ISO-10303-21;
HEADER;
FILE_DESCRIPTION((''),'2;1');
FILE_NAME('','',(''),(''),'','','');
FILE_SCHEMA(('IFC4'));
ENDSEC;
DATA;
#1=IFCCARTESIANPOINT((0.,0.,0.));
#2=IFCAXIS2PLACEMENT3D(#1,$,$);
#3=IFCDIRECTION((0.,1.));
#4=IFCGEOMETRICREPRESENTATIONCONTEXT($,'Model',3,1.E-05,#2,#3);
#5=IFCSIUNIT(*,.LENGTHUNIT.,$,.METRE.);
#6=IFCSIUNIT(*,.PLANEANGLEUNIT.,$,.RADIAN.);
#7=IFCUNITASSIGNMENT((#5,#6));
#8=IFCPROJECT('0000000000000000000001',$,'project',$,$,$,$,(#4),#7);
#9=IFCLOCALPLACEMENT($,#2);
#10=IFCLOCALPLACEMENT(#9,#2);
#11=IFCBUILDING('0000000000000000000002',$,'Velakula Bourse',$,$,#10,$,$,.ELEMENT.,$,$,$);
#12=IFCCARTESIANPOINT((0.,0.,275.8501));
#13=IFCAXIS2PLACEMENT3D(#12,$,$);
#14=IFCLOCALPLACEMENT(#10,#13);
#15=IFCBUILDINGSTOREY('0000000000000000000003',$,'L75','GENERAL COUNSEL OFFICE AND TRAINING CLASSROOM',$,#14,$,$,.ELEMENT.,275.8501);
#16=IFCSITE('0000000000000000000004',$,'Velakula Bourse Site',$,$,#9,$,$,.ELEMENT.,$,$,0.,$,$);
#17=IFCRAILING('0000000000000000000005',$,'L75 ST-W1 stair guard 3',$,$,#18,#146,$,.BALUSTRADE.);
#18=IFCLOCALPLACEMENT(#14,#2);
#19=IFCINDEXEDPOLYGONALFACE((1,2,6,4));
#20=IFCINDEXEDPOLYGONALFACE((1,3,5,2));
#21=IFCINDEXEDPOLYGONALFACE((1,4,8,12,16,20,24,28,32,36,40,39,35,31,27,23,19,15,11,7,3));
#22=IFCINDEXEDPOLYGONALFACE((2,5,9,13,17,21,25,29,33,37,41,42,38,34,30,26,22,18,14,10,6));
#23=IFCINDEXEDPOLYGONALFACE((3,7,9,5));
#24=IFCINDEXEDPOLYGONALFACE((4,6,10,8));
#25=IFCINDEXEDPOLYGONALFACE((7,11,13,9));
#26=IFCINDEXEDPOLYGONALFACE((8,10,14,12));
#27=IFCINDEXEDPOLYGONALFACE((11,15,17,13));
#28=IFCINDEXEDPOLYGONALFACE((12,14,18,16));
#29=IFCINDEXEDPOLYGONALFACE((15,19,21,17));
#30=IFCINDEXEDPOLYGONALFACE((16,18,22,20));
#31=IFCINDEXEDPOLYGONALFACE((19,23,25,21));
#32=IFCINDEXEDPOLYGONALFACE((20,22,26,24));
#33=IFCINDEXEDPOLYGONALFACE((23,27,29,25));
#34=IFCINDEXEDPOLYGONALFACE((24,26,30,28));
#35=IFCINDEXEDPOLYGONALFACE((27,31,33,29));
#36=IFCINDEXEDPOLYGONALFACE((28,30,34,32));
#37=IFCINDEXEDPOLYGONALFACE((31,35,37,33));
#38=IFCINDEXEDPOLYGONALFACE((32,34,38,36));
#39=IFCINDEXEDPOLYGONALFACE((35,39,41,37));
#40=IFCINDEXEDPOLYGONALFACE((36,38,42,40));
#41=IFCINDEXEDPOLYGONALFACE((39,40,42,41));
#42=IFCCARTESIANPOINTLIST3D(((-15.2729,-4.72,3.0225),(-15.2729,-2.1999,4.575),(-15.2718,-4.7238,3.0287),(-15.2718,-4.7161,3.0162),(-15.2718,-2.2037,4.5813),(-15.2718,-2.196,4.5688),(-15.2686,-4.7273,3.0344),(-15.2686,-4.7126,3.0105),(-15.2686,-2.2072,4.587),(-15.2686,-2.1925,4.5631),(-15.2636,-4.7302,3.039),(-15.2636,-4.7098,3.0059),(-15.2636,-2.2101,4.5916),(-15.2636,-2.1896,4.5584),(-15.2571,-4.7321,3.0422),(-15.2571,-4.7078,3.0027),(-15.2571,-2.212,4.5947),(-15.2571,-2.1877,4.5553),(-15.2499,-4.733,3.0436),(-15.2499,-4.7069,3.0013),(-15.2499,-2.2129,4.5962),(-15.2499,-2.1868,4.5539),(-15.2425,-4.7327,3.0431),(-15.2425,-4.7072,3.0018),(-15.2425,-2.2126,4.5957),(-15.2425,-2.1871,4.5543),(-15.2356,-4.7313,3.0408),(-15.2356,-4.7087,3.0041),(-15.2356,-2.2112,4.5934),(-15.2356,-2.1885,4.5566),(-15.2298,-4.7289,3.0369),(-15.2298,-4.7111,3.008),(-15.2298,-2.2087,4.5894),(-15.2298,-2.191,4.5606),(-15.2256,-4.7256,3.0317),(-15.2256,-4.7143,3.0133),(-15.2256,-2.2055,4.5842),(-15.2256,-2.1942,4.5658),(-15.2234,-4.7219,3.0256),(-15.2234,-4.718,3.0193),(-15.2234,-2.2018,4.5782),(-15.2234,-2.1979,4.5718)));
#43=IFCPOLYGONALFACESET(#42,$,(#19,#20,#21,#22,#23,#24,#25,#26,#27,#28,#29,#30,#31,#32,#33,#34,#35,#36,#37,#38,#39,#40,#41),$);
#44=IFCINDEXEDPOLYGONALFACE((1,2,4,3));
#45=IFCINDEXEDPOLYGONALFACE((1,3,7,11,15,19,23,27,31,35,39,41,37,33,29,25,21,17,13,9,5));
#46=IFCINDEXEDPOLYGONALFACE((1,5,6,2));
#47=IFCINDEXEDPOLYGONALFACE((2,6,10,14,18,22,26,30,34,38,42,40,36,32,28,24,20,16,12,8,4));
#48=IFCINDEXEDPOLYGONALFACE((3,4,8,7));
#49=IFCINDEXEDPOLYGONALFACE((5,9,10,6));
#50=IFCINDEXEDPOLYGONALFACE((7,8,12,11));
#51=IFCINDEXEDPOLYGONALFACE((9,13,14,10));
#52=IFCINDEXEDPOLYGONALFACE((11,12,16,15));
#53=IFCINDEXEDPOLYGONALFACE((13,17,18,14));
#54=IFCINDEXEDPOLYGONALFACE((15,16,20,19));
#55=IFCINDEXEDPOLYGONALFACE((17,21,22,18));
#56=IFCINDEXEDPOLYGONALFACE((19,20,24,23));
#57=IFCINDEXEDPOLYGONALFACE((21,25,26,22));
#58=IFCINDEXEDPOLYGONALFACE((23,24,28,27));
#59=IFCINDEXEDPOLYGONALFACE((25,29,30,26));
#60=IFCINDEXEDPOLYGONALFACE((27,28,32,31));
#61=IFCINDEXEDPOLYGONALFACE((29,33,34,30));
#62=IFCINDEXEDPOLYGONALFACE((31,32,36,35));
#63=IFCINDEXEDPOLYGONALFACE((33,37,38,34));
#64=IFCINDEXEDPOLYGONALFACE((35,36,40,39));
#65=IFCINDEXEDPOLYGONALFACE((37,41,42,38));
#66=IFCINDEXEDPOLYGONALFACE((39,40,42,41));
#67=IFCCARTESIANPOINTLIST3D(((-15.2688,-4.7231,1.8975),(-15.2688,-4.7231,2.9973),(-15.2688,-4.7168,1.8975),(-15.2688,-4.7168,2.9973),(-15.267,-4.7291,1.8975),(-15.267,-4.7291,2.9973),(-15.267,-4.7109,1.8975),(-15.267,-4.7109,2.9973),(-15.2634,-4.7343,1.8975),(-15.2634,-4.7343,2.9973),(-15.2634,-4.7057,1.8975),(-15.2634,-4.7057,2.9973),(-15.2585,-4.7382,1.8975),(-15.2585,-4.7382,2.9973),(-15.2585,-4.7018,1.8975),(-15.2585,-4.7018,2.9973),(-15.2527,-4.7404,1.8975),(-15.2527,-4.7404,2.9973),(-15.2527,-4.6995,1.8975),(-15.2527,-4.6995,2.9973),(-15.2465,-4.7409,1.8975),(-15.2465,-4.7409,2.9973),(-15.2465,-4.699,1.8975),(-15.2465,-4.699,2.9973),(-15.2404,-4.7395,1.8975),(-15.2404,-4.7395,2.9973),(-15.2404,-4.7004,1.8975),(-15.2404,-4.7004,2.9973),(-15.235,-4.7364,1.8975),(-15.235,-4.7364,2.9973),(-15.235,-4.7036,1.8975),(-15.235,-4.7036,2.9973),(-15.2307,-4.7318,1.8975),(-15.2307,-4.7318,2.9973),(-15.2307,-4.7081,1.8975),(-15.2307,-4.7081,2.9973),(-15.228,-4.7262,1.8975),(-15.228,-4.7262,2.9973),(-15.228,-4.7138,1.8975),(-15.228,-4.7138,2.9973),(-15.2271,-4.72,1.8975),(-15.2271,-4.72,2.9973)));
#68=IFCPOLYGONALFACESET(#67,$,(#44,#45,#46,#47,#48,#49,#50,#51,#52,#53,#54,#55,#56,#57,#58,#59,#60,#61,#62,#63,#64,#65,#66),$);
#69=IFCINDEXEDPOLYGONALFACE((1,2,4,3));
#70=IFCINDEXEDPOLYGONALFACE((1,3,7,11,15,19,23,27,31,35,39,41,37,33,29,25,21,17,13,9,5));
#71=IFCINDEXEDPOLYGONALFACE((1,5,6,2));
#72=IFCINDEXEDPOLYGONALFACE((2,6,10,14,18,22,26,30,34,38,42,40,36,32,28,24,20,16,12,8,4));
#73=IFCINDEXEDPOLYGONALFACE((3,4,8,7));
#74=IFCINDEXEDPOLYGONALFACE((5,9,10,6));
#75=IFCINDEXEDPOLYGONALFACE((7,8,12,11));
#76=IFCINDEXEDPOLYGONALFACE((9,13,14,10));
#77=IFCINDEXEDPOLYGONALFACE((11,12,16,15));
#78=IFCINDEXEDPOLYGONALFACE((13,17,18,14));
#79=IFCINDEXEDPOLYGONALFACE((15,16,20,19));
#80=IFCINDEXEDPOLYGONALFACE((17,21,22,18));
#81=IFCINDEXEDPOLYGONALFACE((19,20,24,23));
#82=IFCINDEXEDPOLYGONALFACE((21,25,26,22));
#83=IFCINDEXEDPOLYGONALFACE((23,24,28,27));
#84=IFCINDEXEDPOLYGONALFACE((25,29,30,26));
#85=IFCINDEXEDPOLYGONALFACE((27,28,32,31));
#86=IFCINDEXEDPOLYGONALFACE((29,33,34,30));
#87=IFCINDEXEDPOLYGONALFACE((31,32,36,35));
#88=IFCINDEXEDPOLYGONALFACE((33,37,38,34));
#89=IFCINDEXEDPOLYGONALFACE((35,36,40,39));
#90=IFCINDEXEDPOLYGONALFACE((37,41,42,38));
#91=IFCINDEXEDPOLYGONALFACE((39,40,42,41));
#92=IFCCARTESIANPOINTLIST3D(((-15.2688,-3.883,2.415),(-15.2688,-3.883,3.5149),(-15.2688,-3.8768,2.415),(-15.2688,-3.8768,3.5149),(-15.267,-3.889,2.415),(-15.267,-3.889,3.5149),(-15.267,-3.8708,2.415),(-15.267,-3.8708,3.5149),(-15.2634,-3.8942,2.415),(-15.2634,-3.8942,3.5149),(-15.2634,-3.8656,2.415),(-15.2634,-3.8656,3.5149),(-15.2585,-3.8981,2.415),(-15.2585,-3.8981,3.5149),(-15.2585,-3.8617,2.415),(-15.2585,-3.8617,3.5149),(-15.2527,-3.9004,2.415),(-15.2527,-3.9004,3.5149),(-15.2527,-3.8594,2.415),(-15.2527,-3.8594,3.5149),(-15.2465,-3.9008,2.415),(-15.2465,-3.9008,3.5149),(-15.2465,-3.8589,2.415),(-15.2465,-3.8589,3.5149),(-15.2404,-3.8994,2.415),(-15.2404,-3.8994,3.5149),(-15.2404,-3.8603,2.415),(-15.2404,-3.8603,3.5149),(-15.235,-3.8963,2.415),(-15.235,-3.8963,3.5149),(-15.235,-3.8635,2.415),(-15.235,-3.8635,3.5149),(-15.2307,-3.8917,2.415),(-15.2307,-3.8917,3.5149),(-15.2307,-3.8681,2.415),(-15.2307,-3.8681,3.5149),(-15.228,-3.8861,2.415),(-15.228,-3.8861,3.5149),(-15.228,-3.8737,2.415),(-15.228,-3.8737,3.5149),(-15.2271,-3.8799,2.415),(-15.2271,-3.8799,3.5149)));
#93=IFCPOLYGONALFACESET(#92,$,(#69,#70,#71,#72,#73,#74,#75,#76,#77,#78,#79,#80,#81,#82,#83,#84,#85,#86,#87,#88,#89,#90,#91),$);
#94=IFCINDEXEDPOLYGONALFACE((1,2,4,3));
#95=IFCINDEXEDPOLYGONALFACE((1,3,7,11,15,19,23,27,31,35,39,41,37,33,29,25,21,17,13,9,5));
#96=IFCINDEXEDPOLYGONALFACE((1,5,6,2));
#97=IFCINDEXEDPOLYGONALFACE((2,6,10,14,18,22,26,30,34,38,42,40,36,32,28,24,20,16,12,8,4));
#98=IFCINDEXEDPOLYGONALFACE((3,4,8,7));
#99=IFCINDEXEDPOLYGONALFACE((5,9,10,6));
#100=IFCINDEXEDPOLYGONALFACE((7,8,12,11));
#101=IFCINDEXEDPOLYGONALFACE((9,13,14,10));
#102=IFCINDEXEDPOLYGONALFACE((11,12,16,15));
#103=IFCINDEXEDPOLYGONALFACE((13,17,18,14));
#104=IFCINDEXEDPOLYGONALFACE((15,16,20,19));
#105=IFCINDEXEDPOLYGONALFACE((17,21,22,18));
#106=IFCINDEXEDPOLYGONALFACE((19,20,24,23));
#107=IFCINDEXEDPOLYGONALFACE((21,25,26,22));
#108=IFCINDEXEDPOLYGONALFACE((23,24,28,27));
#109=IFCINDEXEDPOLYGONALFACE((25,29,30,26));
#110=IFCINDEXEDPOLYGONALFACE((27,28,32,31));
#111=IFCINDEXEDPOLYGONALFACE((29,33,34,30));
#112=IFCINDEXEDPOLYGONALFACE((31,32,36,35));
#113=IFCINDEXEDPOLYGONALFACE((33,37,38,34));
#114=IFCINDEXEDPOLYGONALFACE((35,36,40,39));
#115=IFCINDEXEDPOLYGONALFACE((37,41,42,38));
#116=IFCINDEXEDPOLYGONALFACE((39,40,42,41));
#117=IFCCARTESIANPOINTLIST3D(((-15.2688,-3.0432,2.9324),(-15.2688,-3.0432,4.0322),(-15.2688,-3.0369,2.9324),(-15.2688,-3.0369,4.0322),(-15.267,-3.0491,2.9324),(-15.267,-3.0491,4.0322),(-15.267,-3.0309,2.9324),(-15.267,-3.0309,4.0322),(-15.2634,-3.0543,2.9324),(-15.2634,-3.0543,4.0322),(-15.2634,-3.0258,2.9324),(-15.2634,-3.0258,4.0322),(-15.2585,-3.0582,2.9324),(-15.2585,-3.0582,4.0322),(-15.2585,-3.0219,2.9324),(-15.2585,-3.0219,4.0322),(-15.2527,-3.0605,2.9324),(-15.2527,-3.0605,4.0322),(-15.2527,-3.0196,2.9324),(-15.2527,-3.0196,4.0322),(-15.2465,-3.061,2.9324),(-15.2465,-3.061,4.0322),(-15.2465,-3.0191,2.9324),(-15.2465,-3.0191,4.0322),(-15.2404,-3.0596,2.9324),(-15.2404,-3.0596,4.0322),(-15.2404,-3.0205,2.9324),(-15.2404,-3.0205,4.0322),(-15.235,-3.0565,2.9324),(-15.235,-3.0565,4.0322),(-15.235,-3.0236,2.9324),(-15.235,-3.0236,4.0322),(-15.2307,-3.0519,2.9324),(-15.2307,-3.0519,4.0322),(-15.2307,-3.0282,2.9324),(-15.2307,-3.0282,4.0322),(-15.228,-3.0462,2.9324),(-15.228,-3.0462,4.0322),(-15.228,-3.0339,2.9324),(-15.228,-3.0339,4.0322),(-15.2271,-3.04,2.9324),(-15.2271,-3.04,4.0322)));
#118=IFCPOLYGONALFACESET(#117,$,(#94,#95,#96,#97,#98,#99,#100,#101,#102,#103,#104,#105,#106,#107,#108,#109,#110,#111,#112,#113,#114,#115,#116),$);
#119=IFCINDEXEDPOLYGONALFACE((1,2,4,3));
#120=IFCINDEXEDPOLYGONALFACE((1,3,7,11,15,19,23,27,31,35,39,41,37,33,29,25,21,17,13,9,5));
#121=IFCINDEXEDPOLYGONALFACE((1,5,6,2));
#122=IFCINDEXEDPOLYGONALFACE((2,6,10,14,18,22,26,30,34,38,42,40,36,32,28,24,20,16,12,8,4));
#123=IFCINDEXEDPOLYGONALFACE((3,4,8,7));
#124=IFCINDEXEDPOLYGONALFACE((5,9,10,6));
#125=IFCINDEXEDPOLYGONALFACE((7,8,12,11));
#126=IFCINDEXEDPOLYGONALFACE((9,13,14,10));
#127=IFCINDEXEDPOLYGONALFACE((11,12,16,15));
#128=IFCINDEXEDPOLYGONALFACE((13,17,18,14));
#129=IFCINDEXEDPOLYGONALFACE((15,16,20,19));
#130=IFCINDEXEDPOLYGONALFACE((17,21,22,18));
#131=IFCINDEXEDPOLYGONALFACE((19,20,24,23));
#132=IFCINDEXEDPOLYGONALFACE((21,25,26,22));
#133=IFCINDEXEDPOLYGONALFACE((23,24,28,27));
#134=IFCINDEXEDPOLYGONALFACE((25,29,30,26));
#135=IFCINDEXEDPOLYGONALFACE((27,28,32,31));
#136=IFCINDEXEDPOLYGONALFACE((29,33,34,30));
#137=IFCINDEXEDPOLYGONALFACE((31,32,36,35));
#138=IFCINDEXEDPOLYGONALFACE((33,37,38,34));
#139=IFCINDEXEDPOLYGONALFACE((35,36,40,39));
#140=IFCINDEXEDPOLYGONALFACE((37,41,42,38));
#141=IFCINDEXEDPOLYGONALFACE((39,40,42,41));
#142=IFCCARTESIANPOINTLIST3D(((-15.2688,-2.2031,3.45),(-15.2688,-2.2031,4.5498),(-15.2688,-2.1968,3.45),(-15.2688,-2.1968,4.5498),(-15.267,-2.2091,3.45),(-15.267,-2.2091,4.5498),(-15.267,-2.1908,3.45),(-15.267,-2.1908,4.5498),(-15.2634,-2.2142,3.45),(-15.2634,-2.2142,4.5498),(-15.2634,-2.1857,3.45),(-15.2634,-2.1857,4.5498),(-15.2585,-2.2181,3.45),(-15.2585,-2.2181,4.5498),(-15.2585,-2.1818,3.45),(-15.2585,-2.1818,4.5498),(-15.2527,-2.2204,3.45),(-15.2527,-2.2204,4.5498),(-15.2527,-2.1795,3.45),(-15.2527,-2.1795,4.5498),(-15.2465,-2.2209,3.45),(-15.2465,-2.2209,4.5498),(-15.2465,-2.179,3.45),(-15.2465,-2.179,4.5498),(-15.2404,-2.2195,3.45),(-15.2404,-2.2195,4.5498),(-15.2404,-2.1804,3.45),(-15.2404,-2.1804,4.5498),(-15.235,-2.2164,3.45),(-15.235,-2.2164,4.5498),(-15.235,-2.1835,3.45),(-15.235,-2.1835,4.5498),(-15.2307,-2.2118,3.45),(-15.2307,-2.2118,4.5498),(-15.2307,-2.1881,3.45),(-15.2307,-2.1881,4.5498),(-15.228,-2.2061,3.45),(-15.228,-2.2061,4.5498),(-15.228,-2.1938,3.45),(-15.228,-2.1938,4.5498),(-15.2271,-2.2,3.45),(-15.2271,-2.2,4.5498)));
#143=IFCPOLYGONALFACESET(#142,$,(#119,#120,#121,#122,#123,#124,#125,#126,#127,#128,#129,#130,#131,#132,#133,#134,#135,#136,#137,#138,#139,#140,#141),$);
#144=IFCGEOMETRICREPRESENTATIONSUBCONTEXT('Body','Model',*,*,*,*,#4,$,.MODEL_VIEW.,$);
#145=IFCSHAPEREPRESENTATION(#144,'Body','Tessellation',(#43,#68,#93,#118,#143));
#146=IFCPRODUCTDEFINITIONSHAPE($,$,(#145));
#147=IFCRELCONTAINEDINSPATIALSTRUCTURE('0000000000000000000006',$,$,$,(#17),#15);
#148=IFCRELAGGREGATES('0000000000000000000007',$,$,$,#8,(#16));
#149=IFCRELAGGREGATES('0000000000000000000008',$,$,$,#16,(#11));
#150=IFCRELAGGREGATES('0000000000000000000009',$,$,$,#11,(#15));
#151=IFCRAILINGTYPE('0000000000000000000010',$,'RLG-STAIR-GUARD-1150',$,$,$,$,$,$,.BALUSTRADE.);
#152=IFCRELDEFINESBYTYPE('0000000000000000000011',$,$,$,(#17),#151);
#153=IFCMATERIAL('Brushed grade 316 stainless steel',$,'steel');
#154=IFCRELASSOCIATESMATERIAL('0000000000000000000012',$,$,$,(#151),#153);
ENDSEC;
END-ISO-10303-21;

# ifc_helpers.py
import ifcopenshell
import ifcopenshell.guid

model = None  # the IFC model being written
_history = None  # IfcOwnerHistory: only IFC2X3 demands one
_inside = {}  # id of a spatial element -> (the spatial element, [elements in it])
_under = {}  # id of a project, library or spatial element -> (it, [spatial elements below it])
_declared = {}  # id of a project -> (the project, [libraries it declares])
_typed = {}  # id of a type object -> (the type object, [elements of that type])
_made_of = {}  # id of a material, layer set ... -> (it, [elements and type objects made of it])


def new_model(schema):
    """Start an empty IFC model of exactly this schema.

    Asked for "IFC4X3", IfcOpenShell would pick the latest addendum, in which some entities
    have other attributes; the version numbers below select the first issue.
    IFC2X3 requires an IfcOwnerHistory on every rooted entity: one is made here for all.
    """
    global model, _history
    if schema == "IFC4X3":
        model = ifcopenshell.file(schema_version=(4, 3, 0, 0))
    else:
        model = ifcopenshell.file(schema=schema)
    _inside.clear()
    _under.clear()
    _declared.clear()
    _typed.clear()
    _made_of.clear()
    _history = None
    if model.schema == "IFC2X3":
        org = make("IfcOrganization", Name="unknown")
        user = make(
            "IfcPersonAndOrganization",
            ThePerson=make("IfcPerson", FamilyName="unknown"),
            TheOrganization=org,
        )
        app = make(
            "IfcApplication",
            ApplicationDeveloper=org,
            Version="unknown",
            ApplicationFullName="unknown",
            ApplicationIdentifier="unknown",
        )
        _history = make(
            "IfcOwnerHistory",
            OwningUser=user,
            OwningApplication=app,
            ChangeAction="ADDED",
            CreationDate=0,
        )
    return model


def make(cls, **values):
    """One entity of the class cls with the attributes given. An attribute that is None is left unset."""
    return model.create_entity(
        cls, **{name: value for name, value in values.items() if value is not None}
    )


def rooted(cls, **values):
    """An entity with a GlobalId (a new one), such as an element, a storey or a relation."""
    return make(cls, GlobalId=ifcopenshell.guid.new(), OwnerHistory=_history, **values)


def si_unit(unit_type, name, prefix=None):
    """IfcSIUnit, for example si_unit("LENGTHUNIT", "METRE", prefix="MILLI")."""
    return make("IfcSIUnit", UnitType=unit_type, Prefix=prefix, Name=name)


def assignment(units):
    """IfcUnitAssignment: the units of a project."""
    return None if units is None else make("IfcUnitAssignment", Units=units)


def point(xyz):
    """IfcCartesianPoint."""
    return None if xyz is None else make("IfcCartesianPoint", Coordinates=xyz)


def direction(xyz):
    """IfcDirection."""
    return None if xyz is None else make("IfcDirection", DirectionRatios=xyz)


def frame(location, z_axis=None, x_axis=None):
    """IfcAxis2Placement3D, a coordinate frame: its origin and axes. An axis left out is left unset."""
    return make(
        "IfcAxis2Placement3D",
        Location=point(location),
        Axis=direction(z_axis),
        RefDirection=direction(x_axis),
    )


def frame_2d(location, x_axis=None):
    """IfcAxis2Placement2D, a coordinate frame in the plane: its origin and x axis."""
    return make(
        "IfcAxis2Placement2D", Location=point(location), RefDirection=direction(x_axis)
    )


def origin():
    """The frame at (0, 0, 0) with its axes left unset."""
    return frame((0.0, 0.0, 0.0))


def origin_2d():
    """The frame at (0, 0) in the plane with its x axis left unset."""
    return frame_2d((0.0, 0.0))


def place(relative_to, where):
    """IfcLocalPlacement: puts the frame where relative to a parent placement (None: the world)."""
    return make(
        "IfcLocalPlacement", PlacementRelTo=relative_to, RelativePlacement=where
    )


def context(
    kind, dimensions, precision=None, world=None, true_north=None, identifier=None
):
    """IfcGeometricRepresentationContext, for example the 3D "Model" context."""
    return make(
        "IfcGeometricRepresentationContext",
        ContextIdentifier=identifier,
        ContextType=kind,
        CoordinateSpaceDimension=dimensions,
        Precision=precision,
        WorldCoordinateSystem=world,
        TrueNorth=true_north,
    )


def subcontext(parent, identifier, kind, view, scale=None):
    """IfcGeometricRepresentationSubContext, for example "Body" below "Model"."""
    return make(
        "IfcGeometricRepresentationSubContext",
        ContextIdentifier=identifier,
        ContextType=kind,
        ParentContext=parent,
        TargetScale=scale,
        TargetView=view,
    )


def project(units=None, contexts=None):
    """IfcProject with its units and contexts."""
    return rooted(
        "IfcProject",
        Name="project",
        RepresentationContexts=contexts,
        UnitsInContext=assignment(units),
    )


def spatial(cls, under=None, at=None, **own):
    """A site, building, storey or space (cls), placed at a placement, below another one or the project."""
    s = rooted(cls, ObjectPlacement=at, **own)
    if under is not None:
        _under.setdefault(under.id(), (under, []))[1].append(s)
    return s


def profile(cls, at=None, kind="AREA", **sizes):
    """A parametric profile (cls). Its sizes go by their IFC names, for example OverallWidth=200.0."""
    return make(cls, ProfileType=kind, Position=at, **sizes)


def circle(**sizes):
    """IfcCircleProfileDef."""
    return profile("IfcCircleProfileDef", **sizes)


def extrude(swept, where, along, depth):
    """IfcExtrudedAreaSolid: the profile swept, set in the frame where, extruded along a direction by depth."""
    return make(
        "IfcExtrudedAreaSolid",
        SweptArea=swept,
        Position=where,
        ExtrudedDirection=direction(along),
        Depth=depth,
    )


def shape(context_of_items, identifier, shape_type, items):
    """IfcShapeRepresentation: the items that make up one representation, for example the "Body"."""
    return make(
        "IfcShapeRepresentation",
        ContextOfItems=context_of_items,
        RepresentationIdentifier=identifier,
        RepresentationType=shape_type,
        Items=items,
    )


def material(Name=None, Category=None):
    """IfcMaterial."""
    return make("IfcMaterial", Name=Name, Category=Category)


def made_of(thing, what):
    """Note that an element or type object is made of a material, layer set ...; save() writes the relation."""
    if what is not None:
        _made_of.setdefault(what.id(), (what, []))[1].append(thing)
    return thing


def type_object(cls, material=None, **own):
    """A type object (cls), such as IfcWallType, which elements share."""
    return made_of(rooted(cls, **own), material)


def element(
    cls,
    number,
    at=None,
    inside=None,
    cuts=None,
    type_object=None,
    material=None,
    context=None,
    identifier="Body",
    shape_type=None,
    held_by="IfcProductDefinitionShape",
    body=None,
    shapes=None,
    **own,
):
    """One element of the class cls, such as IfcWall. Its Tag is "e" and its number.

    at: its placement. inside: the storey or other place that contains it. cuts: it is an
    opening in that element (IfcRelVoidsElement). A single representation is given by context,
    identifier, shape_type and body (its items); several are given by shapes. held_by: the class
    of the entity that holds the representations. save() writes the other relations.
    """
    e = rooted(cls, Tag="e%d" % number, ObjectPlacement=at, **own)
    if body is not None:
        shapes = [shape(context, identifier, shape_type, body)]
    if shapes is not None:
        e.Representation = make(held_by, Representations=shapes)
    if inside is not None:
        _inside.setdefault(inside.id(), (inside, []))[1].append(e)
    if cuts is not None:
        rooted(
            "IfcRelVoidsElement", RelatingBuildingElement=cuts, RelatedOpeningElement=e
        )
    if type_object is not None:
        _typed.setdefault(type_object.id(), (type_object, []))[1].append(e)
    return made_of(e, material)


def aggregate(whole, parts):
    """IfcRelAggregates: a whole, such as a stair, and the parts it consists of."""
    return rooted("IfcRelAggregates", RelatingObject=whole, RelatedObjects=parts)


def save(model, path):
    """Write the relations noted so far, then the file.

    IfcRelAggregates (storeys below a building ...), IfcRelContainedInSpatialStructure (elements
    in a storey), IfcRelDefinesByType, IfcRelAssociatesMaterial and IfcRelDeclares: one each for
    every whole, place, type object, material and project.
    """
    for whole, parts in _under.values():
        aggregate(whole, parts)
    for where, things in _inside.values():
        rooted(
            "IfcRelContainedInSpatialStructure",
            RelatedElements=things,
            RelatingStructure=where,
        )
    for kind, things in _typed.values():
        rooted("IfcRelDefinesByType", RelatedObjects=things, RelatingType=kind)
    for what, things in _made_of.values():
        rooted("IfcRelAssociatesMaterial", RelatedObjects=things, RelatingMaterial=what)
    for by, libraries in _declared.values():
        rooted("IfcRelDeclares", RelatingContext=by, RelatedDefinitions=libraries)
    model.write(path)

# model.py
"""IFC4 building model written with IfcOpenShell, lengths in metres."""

from ifc_helpers import new_model, si_unit, direction, frame, origin, origin_2d, place, context, subcontext, project, spatial, circle, extrude, material, type_object, element, save


model = new_model("IFC4")

# Units and contexts
model_context = context("Model", 3, precision=1e-05, world=origin(), true_north=direction((0.0, 1.0)))
body_context = subcontext(model_context, "Body", "Model", "MODEL_VIEW")
ifc_project = project(units=[si_unit("LENGTHUNIT", "METRE"), si_unit("PLANEANGLEUNIT", "RADIAN")], contexts=[model_context])

# Site, building, storey
site_placement = place(None, origin())
site = spatial("IfcSite", under=ifc_project, at=site_placement, Name="Velakula Bourse Site", CompositionType="ELEMENT", RefElevation=0.0)
building_placement = place(site_placement, origin())
building = spatial("IfcBuilding", under=site, at=building_placement, Name="Velakula Bourse", CompositionType="ELEMENT")
storey_placement = place(building_placement, frame((0.0, 0.0, 275.8501)))
storey = spatial("IfcBuildingStorey", under=building, at=storey_placement, Name="L75", Description="GENERAL COUNSEL OFFICE AND TRAINING CLASSROOM", CompositionType="ELEMENT", Elevation=275.8501)

# Shared definitions
ifc_material_1 = material(Name="Brushed grade 316 stainless steel", Category="steel")

# Railing
railing_type_1 = type_object("IfcRailingType", Name="RLG-STAIR-GUARD-1150", PredefinedType="BALUSTRADE", material=ifc_material_1)
railing_1_placement = place(storey_placement, frame((-15.248, -4.72, 1.8975)))
element("IfcRailing", 1, at=railing_1_placement, inside=storey, type_object=railing_type_1, Name="L75 ST-W1 stair guard 3", PredefinedType="BALUSTRADE", context=body_context, shape_type="SweptSolid", body=[
    extrude(circle(Radius=0.0249, at=origin_2d()), frame((0.0, 0.0, 1.125), z_axis=(0.0, 0.8514, 0.524516), x_axis=(-1.0, 0.0, 0.0)), (0.0, 0.0, 1.0), 2.96),
    extrude(circle(Radius=0.021, at=origin_2d()), origin(), (0.0, 0.0, 1.0), 1.0999),
    extrude(circle(Radius=0.021, at=origin_2d()), frame((0.0, 0.8401, 0.5176)), (0.0, 0.0, 1.0), 1.0999),
    extrude(circle(Radius=0.021, at=origin_2d()), frame((0.0, 1.6799, 1.0349)), (0.0, 0.0, 1.0), 1.0999),
    extrude(circle(Radius=0.021, at=origin_2d()), frame((0.0, 2.52, 1.5525)), (0.0, 0.0, 1.0), 1.0999),
])

save(model, "model.ifc")
